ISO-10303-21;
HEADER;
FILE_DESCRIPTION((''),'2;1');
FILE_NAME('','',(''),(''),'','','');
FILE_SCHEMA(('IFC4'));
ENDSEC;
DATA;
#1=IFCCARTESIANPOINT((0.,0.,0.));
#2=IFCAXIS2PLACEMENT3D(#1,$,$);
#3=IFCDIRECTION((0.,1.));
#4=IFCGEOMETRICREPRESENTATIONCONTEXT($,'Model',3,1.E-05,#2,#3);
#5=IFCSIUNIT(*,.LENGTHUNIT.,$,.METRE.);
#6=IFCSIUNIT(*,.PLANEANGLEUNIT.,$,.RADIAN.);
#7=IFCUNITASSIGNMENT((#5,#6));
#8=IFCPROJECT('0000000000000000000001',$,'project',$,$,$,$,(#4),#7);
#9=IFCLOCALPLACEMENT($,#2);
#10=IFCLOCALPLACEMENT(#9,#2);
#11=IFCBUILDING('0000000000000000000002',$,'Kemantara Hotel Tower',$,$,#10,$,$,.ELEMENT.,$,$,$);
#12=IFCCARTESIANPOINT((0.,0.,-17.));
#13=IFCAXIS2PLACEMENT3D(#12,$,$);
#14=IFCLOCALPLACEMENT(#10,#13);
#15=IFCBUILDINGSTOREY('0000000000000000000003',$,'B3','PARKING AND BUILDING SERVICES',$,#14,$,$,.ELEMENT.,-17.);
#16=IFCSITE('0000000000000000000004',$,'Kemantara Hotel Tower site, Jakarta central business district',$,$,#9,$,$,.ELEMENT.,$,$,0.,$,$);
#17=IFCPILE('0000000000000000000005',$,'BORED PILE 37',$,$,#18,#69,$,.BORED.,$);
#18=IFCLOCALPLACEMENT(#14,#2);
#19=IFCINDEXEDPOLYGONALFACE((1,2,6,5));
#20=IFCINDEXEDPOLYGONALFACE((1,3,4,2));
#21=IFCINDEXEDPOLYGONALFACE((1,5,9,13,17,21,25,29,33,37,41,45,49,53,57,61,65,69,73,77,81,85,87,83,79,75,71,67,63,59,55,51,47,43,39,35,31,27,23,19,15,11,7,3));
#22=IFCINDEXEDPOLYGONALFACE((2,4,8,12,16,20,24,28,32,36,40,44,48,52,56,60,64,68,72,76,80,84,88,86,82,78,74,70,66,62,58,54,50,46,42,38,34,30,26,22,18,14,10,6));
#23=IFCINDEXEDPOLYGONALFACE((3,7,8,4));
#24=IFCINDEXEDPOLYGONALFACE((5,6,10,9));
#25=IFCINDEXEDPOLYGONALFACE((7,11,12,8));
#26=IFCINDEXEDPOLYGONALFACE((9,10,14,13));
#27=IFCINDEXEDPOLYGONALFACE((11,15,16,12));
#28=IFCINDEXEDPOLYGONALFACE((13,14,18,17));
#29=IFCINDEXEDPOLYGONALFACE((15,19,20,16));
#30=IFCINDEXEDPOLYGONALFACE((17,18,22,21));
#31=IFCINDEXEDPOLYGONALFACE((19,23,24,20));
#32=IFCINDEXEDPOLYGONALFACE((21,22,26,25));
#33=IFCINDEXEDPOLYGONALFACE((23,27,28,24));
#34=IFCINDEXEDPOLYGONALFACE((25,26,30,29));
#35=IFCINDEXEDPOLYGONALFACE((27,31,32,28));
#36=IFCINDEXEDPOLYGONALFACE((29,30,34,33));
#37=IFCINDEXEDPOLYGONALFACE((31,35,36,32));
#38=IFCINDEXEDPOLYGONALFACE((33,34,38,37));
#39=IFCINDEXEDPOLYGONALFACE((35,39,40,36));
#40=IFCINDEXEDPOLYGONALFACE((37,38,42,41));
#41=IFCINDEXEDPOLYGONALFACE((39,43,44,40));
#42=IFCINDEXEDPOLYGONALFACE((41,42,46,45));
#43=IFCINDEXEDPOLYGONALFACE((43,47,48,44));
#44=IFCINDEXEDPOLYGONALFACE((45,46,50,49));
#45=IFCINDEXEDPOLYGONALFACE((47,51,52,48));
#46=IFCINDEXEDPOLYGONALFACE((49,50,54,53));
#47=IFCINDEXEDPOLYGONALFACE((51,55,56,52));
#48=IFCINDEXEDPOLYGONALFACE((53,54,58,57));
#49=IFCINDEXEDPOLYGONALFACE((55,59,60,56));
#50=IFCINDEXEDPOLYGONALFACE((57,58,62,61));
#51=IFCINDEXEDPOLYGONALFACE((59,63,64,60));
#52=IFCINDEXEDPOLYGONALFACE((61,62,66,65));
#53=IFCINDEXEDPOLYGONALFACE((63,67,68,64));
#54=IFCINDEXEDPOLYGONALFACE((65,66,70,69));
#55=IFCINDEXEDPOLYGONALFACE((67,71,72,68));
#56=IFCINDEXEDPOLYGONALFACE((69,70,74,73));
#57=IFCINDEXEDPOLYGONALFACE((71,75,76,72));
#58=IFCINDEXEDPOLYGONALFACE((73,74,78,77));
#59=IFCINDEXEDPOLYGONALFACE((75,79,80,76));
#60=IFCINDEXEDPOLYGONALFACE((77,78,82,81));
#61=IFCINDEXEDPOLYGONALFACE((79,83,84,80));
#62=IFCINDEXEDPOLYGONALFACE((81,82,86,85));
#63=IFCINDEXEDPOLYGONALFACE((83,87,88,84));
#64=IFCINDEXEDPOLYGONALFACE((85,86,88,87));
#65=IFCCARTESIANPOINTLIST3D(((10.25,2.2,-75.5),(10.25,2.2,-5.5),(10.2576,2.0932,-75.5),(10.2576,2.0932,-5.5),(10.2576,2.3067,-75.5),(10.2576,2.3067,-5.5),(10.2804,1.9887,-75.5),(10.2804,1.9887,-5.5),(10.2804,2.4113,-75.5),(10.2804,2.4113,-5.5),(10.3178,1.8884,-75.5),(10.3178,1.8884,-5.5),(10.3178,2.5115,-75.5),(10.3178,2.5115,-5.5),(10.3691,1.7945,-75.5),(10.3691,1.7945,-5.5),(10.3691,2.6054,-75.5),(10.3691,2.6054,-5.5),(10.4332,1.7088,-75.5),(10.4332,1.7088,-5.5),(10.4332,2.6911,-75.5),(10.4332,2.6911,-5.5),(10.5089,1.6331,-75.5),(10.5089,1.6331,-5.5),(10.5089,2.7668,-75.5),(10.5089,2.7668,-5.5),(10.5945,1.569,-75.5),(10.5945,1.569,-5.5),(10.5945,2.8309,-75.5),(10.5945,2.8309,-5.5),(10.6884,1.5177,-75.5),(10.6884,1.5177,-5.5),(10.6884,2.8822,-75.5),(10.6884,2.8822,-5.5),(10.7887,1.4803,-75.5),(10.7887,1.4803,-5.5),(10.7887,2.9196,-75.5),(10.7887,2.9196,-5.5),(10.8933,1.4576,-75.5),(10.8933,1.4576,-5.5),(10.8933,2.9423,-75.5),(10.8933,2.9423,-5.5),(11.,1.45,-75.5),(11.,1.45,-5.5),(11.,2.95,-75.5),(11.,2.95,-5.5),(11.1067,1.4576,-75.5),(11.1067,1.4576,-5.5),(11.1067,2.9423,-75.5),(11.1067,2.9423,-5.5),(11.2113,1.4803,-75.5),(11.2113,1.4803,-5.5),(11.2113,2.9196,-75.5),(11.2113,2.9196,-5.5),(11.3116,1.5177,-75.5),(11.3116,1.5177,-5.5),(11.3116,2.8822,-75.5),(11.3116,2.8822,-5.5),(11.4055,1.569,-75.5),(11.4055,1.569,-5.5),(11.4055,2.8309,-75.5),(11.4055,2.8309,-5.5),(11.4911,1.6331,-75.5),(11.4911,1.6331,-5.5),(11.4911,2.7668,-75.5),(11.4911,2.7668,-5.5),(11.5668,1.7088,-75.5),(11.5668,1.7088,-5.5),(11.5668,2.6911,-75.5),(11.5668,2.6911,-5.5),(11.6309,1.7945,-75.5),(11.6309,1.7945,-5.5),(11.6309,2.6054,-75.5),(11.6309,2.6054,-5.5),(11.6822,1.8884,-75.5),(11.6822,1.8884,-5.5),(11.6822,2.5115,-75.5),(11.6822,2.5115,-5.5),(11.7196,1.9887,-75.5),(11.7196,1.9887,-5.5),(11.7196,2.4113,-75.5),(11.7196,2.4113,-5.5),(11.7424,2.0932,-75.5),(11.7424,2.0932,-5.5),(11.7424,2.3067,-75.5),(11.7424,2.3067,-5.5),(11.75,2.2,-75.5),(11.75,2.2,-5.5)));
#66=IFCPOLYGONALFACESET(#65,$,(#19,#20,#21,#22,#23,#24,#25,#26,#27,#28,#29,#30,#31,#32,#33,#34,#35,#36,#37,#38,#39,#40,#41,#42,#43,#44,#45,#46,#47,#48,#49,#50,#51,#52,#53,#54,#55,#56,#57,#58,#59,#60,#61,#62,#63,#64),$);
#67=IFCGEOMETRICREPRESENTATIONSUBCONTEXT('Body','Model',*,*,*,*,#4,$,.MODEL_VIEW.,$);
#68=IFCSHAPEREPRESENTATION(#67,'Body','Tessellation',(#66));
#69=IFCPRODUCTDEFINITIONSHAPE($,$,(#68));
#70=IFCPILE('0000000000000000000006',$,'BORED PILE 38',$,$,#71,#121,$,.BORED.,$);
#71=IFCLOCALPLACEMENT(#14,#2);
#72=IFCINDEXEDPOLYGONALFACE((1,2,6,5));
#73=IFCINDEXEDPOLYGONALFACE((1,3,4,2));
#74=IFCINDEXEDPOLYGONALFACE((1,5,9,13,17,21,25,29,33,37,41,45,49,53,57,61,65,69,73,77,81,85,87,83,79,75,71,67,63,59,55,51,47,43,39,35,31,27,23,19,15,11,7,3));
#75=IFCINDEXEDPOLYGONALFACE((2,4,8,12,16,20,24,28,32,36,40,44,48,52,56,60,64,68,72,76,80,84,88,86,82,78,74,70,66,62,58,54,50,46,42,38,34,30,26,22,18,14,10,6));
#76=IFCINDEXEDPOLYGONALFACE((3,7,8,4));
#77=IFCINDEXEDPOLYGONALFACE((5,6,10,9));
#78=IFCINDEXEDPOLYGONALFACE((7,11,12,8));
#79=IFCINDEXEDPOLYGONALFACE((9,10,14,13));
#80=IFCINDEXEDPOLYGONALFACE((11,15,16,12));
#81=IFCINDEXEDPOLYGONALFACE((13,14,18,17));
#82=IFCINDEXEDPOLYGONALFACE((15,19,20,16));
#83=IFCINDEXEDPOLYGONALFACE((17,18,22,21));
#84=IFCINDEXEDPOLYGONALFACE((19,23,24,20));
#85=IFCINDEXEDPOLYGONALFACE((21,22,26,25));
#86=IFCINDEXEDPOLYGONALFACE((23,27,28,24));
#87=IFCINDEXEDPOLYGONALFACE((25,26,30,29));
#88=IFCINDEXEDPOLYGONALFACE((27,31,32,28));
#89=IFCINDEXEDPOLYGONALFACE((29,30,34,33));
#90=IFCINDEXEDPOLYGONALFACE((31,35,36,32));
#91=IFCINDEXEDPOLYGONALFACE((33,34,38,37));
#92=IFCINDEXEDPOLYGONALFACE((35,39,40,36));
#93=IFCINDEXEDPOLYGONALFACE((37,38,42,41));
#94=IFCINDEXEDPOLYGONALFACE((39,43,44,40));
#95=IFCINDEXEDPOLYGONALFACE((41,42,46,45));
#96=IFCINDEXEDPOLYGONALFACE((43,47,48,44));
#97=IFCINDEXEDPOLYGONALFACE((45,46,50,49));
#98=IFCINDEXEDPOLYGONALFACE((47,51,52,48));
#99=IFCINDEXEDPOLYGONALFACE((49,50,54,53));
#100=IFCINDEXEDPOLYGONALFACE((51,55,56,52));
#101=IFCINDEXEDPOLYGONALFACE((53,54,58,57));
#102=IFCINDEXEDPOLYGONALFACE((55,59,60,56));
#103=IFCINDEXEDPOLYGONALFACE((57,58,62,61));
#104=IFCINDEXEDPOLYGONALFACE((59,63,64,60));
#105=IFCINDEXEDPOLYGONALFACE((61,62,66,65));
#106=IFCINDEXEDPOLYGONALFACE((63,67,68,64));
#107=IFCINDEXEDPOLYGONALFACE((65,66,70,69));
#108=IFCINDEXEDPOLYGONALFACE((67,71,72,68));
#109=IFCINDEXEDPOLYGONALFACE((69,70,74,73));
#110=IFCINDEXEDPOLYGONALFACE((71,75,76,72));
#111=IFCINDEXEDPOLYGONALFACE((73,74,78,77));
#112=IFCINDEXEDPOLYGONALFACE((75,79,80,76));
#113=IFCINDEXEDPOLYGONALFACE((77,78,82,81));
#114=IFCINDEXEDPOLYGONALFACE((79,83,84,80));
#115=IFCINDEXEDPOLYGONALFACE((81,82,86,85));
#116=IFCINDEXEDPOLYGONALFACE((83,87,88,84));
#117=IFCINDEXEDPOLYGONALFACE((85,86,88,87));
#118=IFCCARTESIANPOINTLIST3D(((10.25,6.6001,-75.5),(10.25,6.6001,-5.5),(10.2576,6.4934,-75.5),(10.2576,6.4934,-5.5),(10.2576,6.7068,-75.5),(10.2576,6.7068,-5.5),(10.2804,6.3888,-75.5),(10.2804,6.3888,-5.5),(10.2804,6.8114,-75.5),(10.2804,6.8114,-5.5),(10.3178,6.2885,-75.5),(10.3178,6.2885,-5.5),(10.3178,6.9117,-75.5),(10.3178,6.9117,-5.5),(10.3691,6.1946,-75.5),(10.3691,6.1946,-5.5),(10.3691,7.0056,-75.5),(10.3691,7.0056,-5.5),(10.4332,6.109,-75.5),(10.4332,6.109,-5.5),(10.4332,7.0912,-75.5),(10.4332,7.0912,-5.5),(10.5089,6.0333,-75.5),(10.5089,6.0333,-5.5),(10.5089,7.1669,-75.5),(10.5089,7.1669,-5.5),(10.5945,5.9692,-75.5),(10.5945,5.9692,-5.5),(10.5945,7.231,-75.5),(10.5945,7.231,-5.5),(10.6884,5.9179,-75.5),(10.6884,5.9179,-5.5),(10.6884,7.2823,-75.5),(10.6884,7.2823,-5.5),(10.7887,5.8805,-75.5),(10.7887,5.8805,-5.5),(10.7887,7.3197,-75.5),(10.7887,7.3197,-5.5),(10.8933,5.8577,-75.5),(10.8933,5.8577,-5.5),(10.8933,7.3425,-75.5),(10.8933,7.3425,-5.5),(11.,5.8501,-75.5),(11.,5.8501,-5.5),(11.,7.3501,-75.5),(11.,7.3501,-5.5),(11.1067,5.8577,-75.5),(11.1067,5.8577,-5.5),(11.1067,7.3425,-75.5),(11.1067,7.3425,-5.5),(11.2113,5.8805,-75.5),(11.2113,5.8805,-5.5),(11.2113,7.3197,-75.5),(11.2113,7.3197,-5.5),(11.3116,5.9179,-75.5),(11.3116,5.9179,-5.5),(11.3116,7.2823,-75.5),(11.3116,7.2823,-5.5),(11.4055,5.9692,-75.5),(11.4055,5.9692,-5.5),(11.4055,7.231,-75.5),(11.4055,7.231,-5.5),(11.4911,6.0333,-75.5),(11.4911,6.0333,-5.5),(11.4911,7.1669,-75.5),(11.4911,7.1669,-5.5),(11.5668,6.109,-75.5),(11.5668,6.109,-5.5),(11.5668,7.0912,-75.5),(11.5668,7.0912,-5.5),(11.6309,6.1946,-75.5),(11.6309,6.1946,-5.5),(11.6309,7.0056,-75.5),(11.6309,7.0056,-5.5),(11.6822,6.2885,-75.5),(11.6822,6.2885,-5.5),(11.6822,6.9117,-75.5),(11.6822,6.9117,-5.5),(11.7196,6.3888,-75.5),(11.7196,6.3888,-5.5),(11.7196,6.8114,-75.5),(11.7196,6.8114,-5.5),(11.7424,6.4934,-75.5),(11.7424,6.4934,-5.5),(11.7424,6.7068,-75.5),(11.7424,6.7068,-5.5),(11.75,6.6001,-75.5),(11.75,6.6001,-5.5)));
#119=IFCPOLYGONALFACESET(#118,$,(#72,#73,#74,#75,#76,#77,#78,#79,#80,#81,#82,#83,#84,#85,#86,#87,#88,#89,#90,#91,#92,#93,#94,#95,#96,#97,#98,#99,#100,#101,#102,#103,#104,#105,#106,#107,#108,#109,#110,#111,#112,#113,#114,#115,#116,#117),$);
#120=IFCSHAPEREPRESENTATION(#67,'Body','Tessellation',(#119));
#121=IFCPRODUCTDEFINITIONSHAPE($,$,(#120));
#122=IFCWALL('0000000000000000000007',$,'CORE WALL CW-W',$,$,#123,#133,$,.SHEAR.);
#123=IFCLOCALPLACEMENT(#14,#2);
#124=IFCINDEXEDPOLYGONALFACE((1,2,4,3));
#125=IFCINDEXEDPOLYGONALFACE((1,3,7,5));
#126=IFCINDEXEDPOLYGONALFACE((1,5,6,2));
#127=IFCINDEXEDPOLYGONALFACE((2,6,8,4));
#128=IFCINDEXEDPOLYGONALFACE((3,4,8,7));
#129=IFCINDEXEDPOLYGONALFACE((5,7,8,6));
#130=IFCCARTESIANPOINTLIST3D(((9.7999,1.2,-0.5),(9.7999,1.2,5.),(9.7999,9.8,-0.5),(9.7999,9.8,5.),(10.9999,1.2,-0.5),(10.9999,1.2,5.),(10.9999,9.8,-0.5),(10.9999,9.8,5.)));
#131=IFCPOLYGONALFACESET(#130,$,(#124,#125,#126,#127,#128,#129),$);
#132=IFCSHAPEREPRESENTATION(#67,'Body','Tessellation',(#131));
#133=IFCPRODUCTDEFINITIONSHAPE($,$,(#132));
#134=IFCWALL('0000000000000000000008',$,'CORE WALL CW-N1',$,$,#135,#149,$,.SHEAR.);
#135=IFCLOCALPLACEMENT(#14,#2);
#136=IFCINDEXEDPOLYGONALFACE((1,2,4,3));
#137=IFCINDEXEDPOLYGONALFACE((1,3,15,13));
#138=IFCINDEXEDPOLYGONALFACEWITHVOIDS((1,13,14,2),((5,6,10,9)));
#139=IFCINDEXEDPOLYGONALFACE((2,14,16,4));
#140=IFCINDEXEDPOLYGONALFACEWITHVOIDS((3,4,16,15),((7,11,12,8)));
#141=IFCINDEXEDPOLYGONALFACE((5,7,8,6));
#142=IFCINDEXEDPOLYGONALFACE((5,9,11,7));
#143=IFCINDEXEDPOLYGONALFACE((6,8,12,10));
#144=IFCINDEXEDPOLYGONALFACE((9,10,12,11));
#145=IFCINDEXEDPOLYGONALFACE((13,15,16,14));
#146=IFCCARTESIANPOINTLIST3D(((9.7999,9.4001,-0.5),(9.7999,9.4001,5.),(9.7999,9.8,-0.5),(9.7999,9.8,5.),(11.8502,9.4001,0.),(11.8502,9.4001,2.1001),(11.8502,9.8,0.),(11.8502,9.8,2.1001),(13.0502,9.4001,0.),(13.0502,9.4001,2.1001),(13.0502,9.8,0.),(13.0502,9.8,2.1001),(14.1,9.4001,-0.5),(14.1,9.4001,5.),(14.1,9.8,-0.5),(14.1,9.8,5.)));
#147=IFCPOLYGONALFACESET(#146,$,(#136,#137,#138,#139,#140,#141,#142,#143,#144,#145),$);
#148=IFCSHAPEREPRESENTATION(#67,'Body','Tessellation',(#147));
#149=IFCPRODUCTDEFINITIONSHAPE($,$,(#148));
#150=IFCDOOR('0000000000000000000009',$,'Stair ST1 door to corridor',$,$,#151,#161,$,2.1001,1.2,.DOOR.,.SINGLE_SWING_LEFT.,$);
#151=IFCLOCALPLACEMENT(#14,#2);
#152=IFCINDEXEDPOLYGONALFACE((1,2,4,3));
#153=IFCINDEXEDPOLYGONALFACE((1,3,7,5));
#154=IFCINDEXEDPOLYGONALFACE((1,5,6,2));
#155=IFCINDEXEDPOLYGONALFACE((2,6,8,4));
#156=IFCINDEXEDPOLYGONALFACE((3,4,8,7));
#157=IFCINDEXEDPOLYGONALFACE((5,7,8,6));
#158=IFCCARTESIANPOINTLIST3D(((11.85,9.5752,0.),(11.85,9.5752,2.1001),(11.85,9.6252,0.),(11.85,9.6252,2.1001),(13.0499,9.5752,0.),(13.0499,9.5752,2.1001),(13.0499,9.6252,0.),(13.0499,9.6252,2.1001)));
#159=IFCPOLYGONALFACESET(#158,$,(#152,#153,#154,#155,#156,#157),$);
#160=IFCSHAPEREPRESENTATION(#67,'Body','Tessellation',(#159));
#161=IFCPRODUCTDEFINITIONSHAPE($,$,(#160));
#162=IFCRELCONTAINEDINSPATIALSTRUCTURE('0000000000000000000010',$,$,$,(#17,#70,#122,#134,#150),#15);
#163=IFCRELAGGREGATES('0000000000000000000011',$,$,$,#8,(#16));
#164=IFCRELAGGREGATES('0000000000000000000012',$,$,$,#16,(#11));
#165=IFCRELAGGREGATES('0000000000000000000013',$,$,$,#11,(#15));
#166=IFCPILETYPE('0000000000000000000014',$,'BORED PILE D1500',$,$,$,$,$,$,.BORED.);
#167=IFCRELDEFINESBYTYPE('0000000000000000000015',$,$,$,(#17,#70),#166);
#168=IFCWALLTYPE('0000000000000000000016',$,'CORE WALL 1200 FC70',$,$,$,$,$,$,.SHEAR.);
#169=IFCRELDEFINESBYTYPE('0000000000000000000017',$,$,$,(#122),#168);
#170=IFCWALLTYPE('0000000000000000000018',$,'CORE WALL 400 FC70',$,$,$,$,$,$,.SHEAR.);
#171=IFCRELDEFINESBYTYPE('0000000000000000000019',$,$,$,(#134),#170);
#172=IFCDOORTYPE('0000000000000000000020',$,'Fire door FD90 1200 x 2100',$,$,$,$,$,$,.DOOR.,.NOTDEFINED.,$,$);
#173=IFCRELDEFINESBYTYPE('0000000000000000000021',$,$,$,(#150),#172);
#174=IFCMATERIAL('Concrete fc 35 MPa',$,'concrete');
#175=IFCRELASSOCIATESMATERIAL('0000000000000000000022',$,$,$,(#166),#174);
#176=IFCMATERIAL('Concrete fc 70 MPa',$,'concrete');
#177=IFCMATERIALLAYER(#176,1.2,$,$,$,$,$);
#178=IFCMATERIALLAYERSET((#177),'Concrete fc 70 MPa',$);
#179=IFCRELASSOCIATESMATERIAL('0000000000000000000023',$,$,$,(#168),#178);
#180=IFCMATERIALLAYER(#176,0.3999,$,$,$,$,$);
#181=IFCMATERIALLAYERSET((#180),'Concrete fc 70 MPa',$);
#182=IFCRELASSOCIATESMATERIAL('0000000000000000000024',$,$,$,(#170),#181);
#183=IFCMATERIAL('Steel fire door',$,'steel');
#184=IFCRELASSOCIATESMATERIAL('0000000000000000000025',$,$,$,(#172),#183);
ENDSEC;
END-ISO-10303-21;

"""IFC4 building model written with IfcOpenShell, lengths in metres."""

from ifc_helpers import new_model, si_unit, direction, frame, frame_2d, origin, origin_2d, place, context, subcontext, project, spatial, rectangle, circle, extrude, material, layer, layer_set, material_profile, profile_set, type_object, element, fill, save


model = new_model("IFC4")

# Units and contexts
model_context = context("Model", 3, precision=1e-05, world=origin(), true_north=direction((0.0, 1.0)))
body_context = subcontext(model_context, "Body", "Model", "MODEL_VIEW")
ifc_project = project(units=[si_unit("LENGTHUNIT", "METRE"), si_unit("PLANEANGLEUNIT", "RADIAN")], contexts=[model_context])

# Site, building, storey
site_placement = place(None, origin())
site = spatial("IfcSite", under=ifc_project, at=site_placement, Name="Kemantara Hotel Tower site, Jakarta central business district", CompositionType="ELEMENT", RefElevation=0.0)
building_placement = place(site_placement, origin())
building = spatial("IfcBuilding", under=site, at=building_placement, Name="Kemantara Hotel Tower", CompositionType="ELEMENT")
storey_placement = place(building_placement, frame((0.0, 0.0, -17.0)))
storey = spatial("IfcBuildingStorey", under=building, at=storey_placement, Name="B3", Description="PARKING AND BUILDING SERVICES", CompositionType="ELEMENT", Elevation=-17.0)

# Piles
ifc_material_1 = material(Name="Concrete fc 35 MPa", Category="concrete")
ifc_material_profile = material_profile(ifc_material_1, circle(Radius=0.75, at=origin_2d()), Name="BORED PILE D1500")
ifc_profile_set = profile_set([ifc_material_profile], Name="Concrete fc 35 MPa")
pile_type = type_object("IfcPileType", Name="BORED PILE D1500", PredefinedType="BORED", material=ifc_profile_set)
for number, where, z_axis, x_axis, name in (
    (1, (11.0, 2.2, -5.5), (0.0, 0.0, -1.0), (1.0, 0.0, 0.0), "BORED PILE 37"),
    (2, (11.0, 6.6001, -5.5), (0.0, 0.0, -1.0), (1.0, 0.0, 0.0), "BORED PILE 38"),
):
    element("IfcPile", number, at=place(storey_placement, frame(where, z_axis=z_axis, x_axis=x_axis)), inside=storey, type_object=pile_type, Name=name, PredefinedType="BORED", context=body_context, shape_type="SweptSolid", body=[
        extrude(circle(Radius=0.75, at=origin_2d()), origin(), (0.0, 0.0, 1.0), 70.0),
    ])

# Wall
ifc_material_2 = material(Name="Concrete fc 70 MPa", Category="concrete")
ifc_layer_1 = layer(ifc_material_2, 1.2)
ifc_layer_set_1 = layer_set([ifc_layer_1], Name="Concrete fc 70 MPa")
wall_type_1 = type_object("IfcWallType", Name="CORE WALL 1200 FC70", PredefinedType="SHEAR", material=ifc_layer_set_1)
wall_1_placement = place(storey_placement, frame((10.3999, 1.2, -0.5), z_axis=(0.0, 0.0, 1.0), x_axis=(0.0, 1.0, 0.0)))
element("IfcWall", 3, at=wall_1_placement, inside=storey, type_object=wall_type_1, Name="CORE WALL CW-W", PredefinedType="SHEAR", context=body_context, shape_type="SweptSolid", body=[
    extrude(rectangle(XDim=8.6001, YDim=1.2, at=frame_2d((4.3, 0.0))), origin(), (0.0, 0.0, 1.0), 5.5),
])

# Wall, opening, door
ifc_layer_2 = layer(ifc_material_2, 0.3999)
ifc_layer_set_2 = layer_set([ifc_layer_2], Name="Concrete fc 70 MPa")
wall_type_2 = type_object("IfcWallType", Name="CORE WALL 400 FC70", PredefinedType="SHEAR", material=ifc_layer_set_2)
wall_2_placement = place(storey_placement, frame((9.8, 9.6001, -0.5), z_axis=(0.0, 0.0, 1.0), x_axis=(1.0, 0.0, 0.0)))
wall_2 = element("IfcWall", 4, at=wall_2_placement, inside=storey, type_object=wall_type_2, Name="CORE WALL CW-N1", PredefinedType="SHEAR", context=body_context, shape_type="SweptSolid", body=[
    extrude(rectangle(XDim=4.3, YDim=0.3999, at=frame_2d((2.1499, 0.0))), origin(), (0.0, 0.0, 1.0), 5.5),
])
opening_1_placement = place(wall_2_placement, frame((2.05, 0.0, 0.5)))
opening_1 = element("IfcOpeningElement", 5, at=opening_1_placement, cuts=wall_2, PredefinedType="OPENING", context=body_context, shape_type="SweptSolid", body=[
    extrude(rectangle(XDim=1.2, YDim=2.1001, at=frame_2d((0.6001, 1.05))), frame((0.0, 0.21, 0.0), z_axis=(0.0, -1.0, 0.0), x_axis=(1.0, 0.0, 0.0)), (0.0, 0.0, 1.0), 0.4199),
])
ifc_material_3 = material(Name="Steel fire door", Category="steel")
door_type_1 = type_object("IfcDoorType", Name="Fire door FD90 1200 x 2100", OperationType="NOTDEFINED", PredefinedType="DOOR", material=ifc_material_3)
door_1_placement = place(opening_1_placement, frame((1.2, 0.0, 0.0), z_axis=(0.0, 0.0, 1.0), x_axis=(-1.0, 0.0, 0.0)))
door_1 = element("IfcDoor", 6, at=door_1_placement, inside=storey, type_object=door_type_1, Name="Stair ST1 door to corridor", OperationType="SINGLE_SWING_LEFT", OverallHeight=2.1001, OverallWidth=1.2, PredefinedType="DOOR", context=body_context, shape_type="SweptSolid", body=[
    extrude(rectangle(XDim=1.2, YDim=2.1001, at=frame_2d((0.6001, 1.05))), frame((0.0, 0.0249, 0.0), z_axis=(0.0, -1.0, 0.0), x_axis=(1.0, 0.0, 0.0)), (0.0, 0.0, 1.0), 0.05),
])
fill(opening_1, door_1)

save(model, "model.ifc")
